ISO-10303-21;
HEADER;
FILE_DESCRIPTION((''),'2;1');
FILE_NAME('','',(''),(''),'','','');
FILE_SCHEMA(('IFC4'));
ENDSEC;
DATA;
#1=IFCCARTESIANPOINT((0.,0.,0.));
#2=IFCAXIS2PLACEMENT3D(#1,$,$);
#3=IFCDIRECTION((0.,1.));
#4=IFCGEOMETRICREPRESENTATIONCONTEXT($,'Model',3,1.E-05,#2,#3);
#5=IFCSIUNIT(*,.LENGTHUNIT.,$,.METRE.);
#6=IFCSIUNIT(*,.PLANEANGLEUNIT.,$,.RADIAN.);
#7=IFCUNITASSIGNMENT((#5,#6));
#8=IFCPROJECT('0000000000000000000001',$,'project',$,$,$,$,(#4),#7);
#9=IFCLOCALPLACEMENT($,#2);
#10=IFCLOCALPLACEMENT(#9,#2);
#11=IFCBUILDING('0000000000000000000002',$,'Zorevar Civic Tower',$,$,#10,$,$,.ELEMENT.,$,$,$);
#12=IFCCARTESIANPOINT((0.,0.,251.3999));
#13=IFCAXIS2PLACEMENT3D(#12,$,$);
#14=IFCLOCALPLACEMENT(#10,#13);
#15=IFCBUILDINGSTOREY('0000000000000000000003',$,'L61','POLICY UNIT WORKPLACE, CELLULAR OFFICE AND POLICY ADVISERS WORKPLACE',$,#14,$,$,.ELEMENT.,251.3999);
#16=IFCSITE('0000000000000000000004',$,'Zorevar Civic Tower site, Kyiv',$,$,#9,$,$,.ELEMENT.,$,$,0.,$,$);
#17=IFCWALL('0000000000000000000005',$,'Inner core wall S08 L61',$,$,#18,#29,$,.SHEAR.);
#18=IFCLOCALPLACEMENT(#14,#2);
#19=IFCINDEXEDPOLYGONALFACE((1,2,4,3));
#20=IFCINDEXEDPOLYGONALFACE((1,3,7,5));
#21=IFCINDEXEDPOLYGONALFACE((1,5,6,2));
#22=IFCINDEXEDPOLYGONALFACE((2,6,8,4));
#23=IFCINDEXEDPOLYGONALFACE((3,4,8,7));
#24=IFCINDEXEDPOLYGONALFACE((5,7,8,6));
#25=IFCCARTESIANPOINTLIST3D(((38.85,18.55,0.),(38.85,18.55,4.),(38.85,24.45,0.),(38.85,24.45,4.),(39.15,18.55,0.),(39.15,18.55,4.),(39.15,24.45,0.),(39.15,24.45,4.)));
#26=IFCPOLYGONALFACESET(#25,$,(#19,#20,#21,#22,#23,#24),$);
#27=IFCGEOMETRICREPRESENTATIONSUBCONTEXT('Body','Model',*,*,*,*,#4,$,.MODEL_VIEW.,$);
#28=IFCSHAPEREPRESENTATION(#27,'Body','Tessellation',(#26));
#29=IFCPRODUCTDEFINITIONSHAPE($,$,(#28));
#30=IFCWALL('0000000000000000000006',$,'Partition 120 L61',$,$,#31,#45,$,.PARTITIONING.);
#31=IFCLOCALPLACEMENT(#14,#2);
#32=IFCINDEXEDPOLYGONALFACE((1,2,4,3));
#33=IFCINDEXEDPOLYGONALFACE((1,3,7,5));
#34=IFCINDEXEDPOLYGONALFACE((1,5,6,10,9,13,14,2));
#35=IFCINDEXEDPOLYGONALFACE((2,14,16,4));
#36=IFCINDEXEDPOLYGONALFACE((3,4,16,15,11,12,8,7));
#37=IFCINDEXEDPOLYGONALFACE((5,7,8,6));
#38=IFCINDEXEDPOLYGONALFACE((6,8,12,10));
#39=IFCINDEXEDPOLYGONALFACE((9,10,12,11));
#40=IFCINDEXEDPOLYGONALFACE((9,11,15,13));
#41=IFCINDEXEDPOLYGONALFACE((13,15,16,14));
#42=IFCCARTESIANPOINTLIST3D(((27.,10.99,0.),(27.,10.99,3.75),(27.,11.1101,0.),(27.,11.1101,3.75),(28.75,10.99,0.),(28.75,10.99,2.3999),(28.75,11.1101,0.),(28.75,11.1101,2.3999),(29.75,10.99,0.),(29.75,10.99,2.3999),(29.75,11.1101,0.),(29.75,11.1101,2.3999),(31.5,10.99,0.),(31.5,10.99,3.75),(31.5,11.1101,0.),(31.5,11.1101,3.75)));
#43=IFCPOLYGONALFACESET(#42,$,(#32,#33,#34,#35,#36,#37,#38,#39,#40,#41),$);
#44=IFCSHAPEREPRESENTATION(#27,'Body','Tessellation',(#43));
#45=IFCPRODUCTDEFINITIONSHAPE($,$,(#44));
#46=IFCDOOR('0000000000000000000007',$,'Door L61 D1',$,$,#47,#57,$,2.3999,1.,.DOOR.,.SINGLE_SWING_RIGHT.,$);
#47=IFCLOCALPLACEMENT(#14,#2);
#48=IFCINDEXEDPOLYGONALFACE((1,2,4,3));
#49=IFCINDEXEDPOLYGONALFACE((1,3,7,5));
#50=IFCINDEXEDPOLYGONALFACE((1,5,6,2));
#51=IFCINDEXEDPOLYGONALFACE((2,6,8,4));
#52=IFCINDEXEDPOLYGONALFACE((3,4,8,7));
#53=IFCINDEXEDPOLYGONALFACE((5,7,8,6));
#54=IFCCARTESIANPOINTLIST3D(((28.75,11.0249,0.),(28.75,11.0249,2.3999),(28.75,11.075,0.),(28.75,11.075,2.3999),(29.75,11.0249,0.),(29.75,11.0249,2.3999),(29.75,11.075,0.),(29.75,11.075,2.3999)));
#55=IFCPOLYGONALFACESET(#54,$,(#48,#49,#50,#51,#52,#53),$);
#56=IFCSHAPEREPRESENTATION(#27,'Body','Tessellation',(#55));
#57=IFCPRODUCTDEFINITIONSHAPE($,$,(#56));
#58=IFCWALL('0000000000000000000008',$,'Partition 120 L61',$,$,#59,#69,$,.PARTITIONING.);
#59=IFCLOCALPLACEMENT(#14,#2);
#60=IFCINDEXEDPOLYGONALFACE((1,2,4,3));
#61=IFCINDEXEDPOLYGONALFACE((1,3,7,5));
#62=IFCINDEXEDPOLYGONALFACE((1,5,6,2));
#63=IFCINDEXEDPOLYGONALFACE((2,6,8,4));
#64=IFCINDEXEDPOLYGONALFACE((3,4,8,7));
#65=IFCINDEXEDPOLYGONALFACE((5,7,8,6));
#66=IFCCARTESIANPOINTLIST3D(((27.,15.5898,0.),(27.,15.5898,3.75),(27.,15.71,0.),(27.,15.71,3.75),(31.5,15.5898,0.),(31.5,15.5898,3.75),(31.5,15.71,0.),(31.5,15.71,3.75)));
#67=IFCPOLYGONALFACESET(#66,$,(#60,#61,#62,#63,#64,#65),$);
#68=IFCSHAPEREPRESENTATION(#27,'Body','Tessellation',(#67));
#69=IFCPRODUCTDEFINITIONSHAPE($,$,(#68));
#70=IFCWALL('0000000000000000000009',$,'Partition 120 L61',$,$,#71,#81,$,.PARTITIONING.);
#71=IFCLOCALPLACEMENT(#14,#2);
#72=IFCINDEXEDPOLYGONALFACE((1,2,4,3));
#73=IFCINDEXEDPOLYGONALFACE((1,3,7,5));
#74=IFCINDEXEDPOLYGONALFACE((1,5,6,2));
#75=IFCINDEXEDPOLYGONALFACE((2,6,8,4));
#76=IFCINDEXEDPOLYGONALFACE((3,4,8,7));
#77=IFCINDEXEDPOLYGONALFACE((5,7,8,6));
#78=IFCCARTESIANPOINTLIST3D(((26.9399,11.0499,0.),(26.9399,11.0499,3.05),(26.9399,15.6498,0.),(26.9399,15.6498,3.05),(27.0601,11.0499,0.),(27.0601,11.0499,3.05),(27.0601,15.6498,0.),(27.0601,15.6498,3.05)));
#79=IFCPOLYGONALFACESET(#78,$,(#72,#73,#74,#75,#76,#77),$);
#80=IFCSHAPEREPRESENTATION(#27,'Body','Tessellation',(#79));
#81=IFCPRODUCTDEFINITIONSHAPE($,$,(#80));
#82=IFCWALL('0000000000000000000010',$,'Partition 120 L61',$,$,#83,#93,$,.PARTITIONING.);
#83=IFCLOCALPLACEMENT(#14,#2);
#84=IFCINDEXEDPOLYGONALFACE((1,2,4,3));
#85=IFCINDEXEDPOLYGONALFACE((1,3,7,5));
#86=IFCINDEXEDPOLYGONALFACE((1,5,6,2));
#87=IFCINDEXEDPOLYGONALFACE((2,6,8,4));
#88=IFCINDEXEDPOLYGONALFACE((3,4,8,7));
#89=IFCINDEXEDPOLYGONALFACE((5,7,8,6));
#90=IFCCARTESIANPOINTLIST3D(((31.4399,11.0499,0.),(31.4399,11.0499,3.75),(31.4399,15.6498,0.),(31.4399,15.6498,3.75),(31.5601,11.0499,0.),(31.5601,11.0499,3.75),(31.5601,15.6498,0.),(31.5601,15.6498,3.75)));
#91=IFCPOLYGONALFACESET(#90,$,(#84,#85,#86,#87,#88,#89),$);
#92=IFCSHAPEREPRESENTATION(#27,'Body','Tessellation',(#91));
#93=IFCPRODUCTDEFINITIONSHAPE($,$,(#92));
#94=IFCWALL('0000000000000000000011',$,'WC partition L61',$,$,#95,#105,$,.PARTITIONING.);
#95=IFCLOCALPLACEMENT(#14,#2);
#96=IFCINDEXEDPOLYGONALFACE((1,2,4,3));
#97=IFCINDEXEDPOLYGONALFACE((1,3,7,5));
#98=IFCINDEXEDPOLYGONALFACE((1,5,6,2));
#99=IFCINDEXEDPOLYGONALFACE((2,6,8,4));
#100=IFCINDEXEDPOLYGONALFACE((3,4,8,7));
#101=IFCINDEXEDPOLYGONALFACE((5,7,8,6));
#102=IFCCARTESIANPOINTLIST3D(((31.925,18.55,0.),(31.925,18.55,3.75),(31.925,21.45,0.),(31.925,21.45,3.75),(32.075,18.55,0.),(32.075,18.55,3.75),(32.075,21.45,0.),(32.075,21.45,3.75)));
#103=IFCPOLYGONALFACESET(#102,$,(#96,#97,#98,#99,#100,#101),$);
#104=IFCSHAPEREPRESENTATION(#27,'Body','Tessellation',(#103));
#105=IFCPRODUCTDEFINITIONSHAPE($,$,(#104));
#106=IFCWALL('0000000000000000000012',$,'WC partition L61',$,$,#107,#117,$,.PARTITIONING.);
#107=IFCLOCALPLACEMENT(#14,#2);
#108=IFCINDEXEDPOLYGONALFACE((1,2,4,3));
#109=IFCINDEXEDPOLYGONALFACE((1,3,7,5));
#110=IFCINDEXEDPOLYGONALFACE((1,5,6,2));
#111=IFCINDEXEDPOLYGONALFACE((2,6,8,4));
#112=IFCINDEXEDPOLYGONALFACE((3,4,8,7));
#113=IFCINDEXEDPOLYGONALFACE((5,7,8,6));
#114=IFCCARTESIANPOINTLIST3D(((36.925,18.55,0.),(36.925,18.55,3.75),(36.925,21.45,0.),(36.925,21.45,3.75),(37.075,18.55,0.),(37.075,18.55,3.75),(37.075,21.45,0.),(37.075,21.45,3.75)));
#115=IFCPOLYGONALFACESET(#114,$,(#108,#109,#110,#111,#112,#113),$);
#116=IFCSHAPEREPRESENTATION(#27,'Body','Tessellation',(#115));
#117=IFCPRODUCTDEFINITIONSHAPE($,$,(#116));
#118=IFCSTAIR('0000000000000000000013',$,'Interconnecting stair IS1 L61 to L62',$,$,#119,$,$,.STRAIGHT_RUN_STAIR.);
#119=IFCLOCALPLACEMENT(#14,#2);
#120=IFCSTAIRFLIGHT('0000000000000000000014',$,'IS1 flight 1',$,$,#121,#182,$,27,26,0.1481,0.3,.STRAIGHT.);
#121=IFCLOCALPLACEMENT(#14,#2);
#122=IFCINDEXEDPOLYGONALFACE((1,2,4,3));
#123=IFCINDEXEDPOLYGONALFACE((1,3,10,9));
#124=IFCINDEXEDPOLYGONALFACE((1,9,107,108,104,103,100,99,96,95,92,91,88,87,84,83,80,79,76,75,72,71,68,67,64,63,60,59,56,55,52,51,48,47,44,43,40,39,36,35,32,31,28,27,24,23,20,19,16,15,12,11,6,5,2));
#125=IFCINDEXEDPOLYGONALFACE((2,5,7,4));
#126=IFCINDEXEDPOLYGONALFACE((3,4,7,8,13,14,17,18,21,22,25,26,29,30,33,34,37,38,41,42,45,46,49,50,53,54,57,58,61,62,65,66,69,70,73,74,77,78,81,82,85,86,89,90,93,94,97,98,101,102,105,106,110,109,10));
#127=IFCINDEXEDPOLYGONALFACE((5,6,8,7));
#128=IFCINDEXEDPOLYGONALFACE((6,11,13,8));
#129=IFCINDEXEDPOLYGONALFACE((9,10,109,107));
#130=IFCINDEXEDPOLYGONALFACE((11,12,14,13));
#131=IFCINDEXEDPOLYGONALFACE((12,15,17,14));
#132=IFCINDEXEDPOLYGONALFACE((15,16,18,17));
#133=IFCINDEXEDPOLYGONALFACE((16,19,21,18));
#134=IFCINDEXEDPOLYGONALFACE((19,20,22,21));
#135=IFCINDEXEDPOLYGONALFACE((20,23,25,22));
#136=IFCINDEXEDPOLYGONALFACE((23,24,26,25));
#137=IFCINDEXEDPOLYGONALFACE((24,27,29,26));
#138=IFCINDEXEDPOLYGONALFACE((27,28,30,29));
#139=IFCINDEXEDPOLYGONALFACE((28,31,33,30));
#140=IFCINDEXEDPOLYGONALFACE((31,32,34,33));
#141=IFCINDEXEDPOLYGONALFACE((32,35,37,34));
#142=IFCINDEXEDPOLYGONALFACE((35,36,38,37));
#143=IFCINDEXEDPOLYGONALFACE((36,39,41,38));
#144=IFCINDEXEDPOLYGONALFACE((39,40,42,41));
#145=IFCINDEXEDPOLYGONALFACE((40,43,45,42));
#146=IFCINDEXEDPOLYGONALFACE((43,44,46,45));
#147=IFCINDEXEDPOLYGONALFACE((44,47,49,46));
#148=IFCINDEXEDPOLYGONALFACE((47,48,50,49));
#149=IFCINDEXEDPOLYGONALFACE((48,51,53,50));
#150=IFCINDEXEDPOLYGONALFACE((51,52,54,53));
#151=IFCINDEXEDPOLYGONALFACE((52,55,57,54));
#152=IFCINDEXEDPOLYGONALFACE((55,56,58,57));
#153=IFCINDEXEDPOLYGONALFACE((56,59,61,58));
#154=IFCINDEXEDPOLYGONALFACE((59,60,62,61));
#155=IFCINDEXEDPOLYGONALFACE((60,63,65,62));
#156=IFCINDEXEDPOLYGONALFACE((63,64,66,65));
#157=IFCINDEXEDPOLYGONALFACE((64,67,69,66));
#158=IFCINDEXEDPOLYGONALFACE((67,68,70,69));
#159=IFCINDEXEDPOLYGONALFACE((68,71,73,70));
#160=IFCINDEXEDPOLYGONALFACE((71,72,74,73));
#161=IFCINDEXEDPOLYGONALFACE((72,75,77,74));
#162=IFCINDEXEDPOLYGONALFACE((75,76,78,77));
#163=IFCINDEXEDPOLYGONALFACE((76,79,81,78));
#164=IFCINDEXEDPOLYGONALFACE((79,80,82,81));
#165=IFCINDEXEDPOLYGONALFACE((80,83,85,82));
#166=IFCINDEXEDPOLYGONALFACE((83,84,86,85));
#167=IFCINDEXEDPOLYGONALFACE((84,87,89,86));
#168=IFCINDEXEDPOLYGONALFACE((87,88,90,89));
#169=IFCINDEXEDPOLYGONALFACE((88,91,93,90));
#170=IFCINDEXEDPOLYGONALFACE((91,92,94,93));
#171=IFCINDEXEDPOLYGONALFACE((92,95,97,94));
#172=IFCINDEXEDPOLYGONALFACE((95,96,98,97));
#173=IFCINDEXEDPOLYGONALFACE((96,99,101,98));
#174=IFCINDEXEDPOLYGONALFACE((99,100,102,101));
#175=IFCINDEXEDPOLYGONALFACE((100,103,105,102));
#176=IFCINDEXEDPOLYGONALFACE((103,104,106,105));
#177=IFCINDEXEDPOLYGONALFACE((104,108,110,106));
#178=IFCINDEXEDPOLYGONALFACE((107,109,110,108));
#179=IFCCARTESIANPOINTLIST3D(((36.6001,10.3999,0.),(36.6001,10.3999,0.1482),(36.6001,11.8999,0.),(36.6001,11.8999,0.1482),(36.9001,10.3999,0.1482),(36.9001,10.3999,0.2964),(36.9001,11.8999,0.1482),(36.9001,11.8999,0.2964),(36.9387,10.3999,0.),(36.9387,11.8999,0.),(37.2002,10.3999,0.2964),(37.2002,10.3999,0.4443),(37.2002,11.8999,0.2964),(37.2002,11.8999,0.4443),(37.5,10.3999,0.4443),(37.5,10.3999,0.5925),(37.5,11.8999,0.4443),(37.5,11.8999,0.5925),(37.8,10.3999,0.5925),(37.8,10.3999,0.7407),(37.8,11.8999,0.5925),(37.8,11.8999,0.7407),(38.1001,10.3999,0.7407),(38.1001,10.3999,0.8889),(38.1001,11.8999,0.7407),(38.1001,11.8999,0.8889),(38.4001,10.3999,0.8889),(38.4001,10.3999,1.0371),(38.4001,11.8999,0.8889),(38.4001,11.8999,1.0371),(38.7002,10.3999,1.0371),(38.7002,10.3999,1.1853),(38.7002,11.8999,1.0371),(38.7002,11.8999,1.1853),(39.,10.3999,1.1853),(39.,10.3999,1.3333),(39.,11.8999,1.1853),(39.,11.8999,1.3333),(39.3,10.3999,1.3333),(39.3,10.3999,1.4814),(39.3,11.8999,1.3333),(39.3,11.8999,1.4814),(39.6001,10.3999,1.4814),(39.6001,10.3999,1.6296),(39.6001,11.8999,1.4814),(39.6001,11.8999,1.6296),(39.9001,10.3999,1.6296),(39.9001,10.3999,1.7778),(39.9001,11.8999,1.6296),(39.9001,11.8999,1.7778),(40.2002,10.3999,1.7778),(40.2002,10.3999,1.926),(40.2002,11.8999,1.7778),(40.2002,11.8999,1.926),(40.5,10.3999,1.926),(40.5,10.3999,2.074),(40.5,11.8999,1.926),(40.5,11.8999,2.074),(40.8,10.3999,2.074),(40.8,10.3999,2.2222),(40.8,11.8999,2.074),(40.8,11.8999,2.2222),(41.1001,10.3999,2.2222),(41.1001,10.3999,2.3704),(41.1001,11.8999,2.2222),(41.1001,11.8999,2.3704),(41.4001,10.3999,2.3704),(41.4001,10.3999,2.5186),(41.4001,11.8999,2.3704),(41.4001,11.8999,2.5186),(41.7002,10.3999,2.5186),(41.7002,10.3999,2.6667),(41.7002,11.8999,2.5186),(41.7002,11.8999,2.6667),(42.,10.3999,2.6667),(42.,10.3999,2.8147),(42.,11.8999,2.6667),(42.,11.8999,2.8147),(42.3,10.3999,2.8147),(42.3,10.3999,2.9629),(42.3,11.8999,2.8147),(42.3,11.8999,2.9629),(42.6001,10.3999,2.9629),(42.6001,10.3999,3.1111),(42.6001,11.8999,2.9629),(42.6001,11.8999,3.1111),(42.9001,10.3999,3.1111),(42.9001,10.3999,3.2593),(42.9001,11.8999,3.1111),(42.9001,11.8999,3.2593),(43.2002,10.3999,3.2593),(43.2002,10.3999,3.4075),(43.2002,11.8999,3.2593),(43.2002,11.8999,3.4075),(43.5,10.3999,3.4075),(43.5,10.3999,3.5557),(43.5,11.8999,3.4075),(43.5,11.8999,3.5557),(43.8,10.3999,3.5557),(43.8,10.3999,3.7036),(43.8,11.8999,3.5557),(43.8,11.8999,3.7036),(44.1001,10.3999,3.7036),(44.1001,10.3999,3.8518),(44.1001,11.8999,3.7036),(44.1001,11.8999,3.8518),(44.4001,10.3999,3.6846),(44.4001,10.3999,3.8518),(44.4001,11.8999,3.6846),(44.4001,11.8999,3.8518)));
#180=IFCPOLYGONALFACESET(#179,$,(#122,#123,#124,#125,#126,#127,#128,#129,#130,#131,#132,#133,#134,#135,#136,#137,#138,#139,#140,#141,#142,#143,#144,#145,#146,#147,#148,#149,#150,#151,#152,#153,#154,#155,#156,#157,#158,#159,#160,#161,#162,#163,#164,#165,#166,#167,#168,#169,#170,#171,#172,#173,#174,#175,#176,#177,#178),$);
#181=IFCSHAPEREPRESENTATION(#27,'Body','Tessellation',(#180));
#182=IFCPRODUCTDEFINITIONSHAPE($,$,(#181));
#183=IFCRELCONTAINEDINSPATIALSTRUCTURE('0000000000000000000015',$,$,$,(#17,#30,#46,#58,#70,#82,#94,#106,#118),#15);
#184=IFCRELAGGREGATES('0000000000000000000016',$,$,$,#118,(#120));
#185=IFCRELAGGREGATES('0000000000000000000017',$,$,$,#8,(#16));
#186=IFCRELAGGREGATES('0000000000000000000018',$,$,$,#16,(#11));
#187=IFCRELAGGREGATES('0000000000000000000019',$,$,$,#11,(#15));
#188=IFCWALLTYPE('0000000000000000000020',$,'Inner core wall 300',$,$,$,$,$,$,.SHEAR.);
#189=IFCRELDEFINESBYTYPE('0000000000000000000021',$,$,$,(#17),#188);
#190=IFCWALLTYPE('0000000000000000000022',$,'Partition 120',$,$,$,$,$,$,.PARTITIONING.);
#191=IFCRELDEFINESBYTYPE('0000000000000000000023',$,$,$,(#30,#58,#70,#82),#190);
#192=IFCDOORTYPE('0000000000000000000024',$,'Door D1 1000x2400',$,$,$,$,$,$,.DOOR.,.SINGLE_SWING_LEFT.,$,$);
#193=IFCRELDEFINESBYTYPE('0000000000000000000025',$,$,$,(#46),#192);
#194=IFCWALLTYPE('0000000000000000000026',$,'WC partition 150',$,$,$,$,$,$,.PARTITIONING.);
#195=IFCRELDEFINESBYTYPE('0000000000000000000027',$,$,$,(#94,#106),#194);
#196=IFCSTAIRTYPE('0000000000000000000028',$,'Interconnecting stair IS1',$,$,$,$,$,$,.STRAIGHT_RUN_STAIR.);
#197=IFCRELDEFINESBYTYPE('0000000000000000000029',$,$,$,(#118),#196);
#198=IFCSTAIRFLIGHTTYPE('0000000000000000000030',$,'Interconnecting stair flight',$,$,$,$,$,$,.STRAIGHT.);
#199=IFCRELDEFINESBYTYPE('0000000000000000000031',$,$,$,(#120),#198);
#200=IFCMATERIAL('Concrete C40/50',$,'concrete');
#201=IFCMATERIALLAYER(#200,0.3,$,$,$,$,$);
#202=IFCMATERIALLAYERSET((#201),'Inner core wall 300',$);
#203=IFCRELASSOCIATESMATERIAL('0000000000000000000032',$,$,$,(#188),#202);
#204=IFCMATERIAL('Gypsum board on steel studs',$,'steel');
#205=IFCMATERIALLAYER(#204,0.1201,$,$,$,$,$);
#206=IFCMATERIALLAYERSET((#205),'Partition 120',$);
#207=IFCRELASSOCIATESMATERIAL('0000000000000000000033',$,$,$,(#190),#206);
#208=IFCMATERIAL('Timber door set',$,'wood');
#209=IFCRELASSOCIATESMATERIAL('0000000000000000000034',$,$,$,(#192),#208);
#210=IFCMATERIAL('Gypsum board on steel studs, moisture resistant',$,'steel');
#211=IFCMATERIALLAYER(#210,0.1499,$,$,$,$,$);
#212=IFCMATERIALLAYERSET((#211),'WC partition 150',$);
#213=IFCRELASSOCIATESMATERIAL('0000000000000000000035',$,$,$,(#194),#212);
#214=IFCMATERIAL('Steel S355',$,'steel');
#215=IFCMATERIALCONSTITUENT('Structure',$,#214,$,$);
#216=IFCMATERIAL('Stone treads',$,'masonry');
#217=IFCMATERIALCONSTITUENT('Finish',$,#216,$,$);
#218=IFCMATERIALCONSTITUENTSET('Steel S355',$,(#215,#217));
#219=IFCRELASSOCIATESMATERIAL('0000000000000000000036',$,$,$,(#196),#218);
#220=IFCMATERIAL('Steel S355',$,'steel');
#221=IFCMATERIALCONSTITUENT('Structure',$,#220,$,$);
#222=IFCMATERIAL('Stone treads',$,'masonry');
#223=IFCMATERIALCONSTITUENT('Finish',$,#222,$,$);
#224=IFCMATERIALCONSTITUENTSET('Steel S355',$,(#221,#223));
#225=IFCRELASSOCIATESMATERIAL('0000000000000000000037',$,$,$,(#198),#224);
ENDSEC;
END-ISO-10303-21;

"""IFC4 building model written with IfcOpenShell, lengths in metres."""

from ifc_helpers import new_model, si_unit, direction, frame, frame_2d, origin, place, context, subcontext, project, spatial, polyline, rectangle, outline, extrude, material, layer, layer_set, constituent, constituent_set, type_object, element, fill, aggregate, save


model = new_model("IFC4")

# Units and contexts
model_context = context("Model", 3, precision=1e-05, world=origin(), true_north=direction((0.0, 1.0)))
body_context = subcontext(model_context, "Body", "Model", "MODEL_VIEW")
ifc_project = project(units=[si_unit("LENGTHUNIT", "METRE"), si_unit("PLANEANGLEUNIT", "RADIAN")], contexts=[model_context])

# Site, building, storey
site_placement = place(None, origin())
site = spatial("IfcSite", under=ifc_project, at=site_placement, Name="Zorevar Civic Tower site, Kyiv", CompositionType="ELEMENT", RefElevation=0.0)
building_placement = place(site_placement, origin())
building = spatial("IfcBuilding", under=site, at=building_placement, Name="Zorevar Civic Tower", CompositionType="ELEMENT")
storey_placement = place(building_placement, frame((0.0, 0.0, 251.3999)))
storey = spatial("IfcBuildingStorey", under=building, at=storey_placement, Name="L61", Description="POLICY UNIT WORKPLACE, CELLULAR OFFICE AND POLICY ADVISERS WORKPLACE", CompositionType="ELEMENT", Elevation=251.3999)

# Wall
ifc_material_1 = material(Name="Concrete C40/50", Category="concrete")
ifc_layer_1 = layer(ifc_material_1, 0.3)
ifc_layer_set_1 = layer_set([ifc_layer_1], Name="Inner core wall 300")
wall_type_1 = type_object("IfcWallType", Name="Inner core wall 300", PredefinedType="SHEAR", material=ifc_layer_set_1)
wall_1_placement = place(storey_placement, frame((39.0, 18.55, 0.0), z_axis=(0.0, 0.0, 1.0), x_axis=(0.0, 1.0, 0.0)))
element("IfcWall", 1, at=wall_1_placement, inside=storey, type_object=wall_type_1, Name="Inner core wall S08 L61", PredefinedType="SHEAR", context=body_context, shape_type="SweptSolid", body=[
    extrude(rectangle(XDim=5.8999, YDim=0.3, at=frame_2d((2.95, 0.0))), origin(), (0.0, 0.0, 1.0), 4.0),
])

# Wall, opening, door
ifc_material_2 = material(Name="Gypsum board on steel studs", Category="steel")
ifc_layer_2 = layer(ifc_material_2, 0.1201)
ifc_layer_set_2 = layer_set([ifc_layer_2], Name="Partition 120")
wall_type_2 = type_object("IfcWallType", Name="Partition 120", PredefinedType="PARTITIONING", material=ifc_layer_set_2)
wall_2_placement = place(storey_placement, frame((27.0, 11.05, 0.0), z_axis=(0.0, 0.0, 1.0), x_axis=(1.0, 0.0, 0.0)))
wall_2 = element("IfcWall", 2, at=wall_2_placement, inside=storey, type_object=wall_type_2, Name="Partition 120 L61", PredefinedType="PARTITIONING", context=body_context, shape_type="SweptSolid", body=[
    extrude(rectangle(XDim=4.5, YDim=0.1201, at=frame_2d((2.25, 0.0))), origin(), (0.0, 0.0, 1.0), 3.75),
])
opening_1_placement = place(wall_2_placement, frame((1.75, 0.0, 0.0)))
opening_1 = element("IfcOpeningElement", 3, at=opening_1_placement, cuts=wall_2, PredefinedType="OPENING", context=body_context, shape_type="SweptSolid", body=[
    extrude(rectangle(XDim=1.0, YDim=2.3999, at=frame_2d((0.5, 1.2))), frame((0.0, 0.0701, 0.0), z_axis=(0.0, -1.0, 0.0), x_axis=(1.0, 0.0, 0.0)), (0.0, 0.0, 1.0), 0.1401),
])
ifc_material_3 = material(Name="Timber door set", Category="wood")
door_type_1 = type_object("IfcDoorType", Name="Door D1 1000x2400", OperationType="SINGLE_SWING_LEFT", PredefinedType="DOOR", material=ifc_material_3)
door_1_placement = place(opening_1_placement, origin())
door_1 = element("IfcDoor", 4, at=door_1_placement, inside=storey, type_object=door_type_1, Name="Door L61 D1", OperationType="SINGLE_SWING_RIGHT", OverallHeight=2.3999, OverallWidth=1.0, PredefinedType="DOOR", context=body_context, shape_type="SweptSolid", body=[
    extrude(rectangle(XDim=1.0, YDim=2.3999, at=frame_2d((0.5, 1.2))), frame((0.0, 0.0249, 0.0), z_axis=(0.0, -1.0, 0.0), x_axis=(1.0, 0.0, 0.0)), (0.0, 0.0, 1.0), 0.05),
])
fill(opening_1, door_1)

# Walls
wall_3_placement = place(storey_placement, frame((27.0, 15.6499, 0.0), z_axis=(0.0, 0.0, 1.0), x_axis=(1.0, 0.0, 0.0)))
element("IfcWall", 5, at=wall_3_placement, inside=storey, type_object=wall_type_2, Name="Partition 120 L61", PredefinedType="PARTITIONING", context=body_context, shape_type="SweptSolid", body=[
    extrude(rectangle(XDim=4.5, YDim=0.1201, at=frame_2d((2.25, 0.0))), origin(), (0.0, 0.0, 1.0), 3.75),
])
wall_4_placement = place(storey_placement, frame((27.0, 11.05, 0.0), z_axis=(0.0, 0.0, 1.0), x_axis=(0.0, 1.0, 0.0)))
element("IfcWall", 6, at=wall_4_placement, inside=storey, type_object=wall_type_2, Name="Partition 120 L61", PredefinedType="PARTITIONING", context=body_context, shape_type="SweptSolid", body=[
    extrude(rectangle(XDim=4.5999, YDim=0.1201, at=frame_2d((2.2998, 0.0))), origin(), (0.0, 0.0, 1.0), 3.05),
])
wall_5_placement = place(storey_placement, frame((31.5, 11.05, 0.0), z_axis=(0.0, 0.0, 1.0), x_axis=(0.0, 1.0, 0.0)))
element("IfcWall", 7, at=wall_5_placement, inside=storey, type_object=wall_type_2, Name="Partition 120 L61", PredefinedType="PARTITIONING", context=body_context, shape_type="SweptSolid", body=[
    extrude(rectangle(XDim=4.5999, YDim=0.1201, at=frame_2d((2.2998, 0.0))), origin(), (0.0, 0.0, 1.0), 3.75),
])

# Walls
ifc_material_4 = material(Name="Gypsum board on steel studs, moisture resistant", Category="steel")
ifc_layer_3 = layer(ifc_material_4, 0.1499)
ifc_layer_set_3 = layer_set([ifc_layer_3], Name="WC partition 150")
wall_type_3 = type_object("IfcWallType", Name="WC partition 150", PredefinedType="PARTITIONING", material=ifc_layer_set_3)
for number, where, z_axis, x_axis, name in (
    (8, (32.0, 18.55, 0.0), (0.0, 0.0, 1.0), (0.0, 1.0, 0.0), "WC partition L61"),
    (9, (37.0, 18.55, 0.0), (0.0, 0.0, 1.0), (0.0, 1.0, 0.0), "WC partition L61"),
):
    element("IfcWall", number, at=place(storey_placement, frame(where, z_axis=z_axis, x_axis=x_axis)), inside=storey, type_object=wall_type_3, Name=name, PredefinedType="PARTITIONING", context=body_context, shape_type="SweptSolid", body=[
        extrude(rectangle(XDim=2.8999, YDim=0.1499, at=frame_2d((1.45, 0.0))), origin(), (0.0, 0.0, 1.0), 3.75),
    ])

# Stair, stair flight
ifc_material_5 = material(Name="Steel S355", Category="steel")
ifc_constituent_1 = constituent(ifc_material_5, Name="Structure")
ifc_material_6 = material(Name="Stone treads", Category="masonry")
ifc_constituent_2 = constituent(ifc_material_6, Name="Finish")
ifc_constituent_set_1 = constituent_set(constituents=[ifc_constituent_1, ifc_constituent_2], Name="Steel S355")
stair_type = type_object("IfcStairType", Name="Interconnecting stair IS1", PredefinedType="STRAIGHT_RUN_STAIR", material=ifc_constituent_set_1)
stair_placement = place(storey_placement, origin())
stair = element("IfcStair", 10, at=stair_placement, inside=storey, type_object=stair_type, Name="Interconnecting stair IS1 L61 to L62", PredefinedType="STRAIGHT_RUN_STAIR")
ifc_material_7 = material(Name="Steel S355", Category="steel")
ifc_constituent_3 = constituent(ifc_material_7, Name="Structure")
ifc_material_8 = material(Name="Stone treads", Category="masonry")
ifc_constituent_4 = constituent(ifc_material_8, Name="Finish")
ifc_constituent_set_2 = constituent_set(constituents=[ifc_constituent_3, ifc_constituent_4], Name="Steel S355")
stair_flight_type = type_object("IfcStairFlightType", Name="Interconnecting stair flight", PredefinedType="STRAIGHT", material=ifc_constituent_set_2)
stair_flight_placement = place(storey_placement, frame((36.6001, 11.1499, 0.0), z_axis=(0.0, 0.0, 1.0), x_axis=(1.0, 0.0, 0.0)))
stair_flight = element("IfcStairFlight", 11, at=stair_flight_placement, type_object=stair_flight_type, Name="IS1 flight 1", NumberOfRisers=27, NumberOfTreads=26, PredefinedType="STRAIGHT", RiserHeight=0.1481, TreadLength=0.3, context=body_context, shape_type="SweptSolid", body=[
    extrude(outline(polyline([(0.0, 0.0), (0.0, 0.1482), (0.3, 0.1482), (0.3, 0.2964), (0.6001, 0.2964), (0.6001, 0.4443), (0.8999, 0.4443), (0.8999, 0.5925), (1.2, 0.5925), (1.2, 0.7407), (1.5, 0.7407), (1.5, 0.8889), (1.8, 0.8889), (1.8, 1.0371), (2.1001, 1.0371), (2.1001, 1.1853), (2.3999, 1.1853), (2.3999, 1.3333), (2.7, 1.3333), (2.7, 1.4814), (3.0, 1.4814), (3.0, 1.6296), (3.3, 1.6296), (3.3, 1.7778), (3.6001, 1.7778), (3.6001, 1.926), (3.8999, 1.926), (3.8999, 2.074), (4.2, 2.074), (4.2, 2.2222), (4.5, 2.2222), (4.5, 2.3704), (4.8, 2.3704), (4.8, 2.5186), (5.1001, 2.5186), (5.1001, 2.6667), (5.3999, 2.6667), (5.3999, 2.8147), (5.7, 2.8147), (5.7, 2.9629), (6.0, 2.9629), (6.0, 3.1111), (6.3, 3.1111), (6.3, 3.2593), (6.6001, 3.2593), (6.6001, 3.4075), (6.8999, 3.4075), (6.8999, 3.5557), (7.2, 3.5557), (7.2, 3.7036), (7.5, 3.7036), (7.5, 3.8518), (7.8, 3.8518), (7.8, 4.0), (7.8, 3.6846), (0.3386, 0.0), (0.0, 0.0)])), frame((0.0, 0.75, 0.0), z_axis=(0.0, -1.0, 0.0), x_axis=(1.0, 0.0, 0.0)), (0.0, 0.0, 1.0), 1.5),
])
aggregate(stair, [stair_flight])

save(model, "model.ifc")
